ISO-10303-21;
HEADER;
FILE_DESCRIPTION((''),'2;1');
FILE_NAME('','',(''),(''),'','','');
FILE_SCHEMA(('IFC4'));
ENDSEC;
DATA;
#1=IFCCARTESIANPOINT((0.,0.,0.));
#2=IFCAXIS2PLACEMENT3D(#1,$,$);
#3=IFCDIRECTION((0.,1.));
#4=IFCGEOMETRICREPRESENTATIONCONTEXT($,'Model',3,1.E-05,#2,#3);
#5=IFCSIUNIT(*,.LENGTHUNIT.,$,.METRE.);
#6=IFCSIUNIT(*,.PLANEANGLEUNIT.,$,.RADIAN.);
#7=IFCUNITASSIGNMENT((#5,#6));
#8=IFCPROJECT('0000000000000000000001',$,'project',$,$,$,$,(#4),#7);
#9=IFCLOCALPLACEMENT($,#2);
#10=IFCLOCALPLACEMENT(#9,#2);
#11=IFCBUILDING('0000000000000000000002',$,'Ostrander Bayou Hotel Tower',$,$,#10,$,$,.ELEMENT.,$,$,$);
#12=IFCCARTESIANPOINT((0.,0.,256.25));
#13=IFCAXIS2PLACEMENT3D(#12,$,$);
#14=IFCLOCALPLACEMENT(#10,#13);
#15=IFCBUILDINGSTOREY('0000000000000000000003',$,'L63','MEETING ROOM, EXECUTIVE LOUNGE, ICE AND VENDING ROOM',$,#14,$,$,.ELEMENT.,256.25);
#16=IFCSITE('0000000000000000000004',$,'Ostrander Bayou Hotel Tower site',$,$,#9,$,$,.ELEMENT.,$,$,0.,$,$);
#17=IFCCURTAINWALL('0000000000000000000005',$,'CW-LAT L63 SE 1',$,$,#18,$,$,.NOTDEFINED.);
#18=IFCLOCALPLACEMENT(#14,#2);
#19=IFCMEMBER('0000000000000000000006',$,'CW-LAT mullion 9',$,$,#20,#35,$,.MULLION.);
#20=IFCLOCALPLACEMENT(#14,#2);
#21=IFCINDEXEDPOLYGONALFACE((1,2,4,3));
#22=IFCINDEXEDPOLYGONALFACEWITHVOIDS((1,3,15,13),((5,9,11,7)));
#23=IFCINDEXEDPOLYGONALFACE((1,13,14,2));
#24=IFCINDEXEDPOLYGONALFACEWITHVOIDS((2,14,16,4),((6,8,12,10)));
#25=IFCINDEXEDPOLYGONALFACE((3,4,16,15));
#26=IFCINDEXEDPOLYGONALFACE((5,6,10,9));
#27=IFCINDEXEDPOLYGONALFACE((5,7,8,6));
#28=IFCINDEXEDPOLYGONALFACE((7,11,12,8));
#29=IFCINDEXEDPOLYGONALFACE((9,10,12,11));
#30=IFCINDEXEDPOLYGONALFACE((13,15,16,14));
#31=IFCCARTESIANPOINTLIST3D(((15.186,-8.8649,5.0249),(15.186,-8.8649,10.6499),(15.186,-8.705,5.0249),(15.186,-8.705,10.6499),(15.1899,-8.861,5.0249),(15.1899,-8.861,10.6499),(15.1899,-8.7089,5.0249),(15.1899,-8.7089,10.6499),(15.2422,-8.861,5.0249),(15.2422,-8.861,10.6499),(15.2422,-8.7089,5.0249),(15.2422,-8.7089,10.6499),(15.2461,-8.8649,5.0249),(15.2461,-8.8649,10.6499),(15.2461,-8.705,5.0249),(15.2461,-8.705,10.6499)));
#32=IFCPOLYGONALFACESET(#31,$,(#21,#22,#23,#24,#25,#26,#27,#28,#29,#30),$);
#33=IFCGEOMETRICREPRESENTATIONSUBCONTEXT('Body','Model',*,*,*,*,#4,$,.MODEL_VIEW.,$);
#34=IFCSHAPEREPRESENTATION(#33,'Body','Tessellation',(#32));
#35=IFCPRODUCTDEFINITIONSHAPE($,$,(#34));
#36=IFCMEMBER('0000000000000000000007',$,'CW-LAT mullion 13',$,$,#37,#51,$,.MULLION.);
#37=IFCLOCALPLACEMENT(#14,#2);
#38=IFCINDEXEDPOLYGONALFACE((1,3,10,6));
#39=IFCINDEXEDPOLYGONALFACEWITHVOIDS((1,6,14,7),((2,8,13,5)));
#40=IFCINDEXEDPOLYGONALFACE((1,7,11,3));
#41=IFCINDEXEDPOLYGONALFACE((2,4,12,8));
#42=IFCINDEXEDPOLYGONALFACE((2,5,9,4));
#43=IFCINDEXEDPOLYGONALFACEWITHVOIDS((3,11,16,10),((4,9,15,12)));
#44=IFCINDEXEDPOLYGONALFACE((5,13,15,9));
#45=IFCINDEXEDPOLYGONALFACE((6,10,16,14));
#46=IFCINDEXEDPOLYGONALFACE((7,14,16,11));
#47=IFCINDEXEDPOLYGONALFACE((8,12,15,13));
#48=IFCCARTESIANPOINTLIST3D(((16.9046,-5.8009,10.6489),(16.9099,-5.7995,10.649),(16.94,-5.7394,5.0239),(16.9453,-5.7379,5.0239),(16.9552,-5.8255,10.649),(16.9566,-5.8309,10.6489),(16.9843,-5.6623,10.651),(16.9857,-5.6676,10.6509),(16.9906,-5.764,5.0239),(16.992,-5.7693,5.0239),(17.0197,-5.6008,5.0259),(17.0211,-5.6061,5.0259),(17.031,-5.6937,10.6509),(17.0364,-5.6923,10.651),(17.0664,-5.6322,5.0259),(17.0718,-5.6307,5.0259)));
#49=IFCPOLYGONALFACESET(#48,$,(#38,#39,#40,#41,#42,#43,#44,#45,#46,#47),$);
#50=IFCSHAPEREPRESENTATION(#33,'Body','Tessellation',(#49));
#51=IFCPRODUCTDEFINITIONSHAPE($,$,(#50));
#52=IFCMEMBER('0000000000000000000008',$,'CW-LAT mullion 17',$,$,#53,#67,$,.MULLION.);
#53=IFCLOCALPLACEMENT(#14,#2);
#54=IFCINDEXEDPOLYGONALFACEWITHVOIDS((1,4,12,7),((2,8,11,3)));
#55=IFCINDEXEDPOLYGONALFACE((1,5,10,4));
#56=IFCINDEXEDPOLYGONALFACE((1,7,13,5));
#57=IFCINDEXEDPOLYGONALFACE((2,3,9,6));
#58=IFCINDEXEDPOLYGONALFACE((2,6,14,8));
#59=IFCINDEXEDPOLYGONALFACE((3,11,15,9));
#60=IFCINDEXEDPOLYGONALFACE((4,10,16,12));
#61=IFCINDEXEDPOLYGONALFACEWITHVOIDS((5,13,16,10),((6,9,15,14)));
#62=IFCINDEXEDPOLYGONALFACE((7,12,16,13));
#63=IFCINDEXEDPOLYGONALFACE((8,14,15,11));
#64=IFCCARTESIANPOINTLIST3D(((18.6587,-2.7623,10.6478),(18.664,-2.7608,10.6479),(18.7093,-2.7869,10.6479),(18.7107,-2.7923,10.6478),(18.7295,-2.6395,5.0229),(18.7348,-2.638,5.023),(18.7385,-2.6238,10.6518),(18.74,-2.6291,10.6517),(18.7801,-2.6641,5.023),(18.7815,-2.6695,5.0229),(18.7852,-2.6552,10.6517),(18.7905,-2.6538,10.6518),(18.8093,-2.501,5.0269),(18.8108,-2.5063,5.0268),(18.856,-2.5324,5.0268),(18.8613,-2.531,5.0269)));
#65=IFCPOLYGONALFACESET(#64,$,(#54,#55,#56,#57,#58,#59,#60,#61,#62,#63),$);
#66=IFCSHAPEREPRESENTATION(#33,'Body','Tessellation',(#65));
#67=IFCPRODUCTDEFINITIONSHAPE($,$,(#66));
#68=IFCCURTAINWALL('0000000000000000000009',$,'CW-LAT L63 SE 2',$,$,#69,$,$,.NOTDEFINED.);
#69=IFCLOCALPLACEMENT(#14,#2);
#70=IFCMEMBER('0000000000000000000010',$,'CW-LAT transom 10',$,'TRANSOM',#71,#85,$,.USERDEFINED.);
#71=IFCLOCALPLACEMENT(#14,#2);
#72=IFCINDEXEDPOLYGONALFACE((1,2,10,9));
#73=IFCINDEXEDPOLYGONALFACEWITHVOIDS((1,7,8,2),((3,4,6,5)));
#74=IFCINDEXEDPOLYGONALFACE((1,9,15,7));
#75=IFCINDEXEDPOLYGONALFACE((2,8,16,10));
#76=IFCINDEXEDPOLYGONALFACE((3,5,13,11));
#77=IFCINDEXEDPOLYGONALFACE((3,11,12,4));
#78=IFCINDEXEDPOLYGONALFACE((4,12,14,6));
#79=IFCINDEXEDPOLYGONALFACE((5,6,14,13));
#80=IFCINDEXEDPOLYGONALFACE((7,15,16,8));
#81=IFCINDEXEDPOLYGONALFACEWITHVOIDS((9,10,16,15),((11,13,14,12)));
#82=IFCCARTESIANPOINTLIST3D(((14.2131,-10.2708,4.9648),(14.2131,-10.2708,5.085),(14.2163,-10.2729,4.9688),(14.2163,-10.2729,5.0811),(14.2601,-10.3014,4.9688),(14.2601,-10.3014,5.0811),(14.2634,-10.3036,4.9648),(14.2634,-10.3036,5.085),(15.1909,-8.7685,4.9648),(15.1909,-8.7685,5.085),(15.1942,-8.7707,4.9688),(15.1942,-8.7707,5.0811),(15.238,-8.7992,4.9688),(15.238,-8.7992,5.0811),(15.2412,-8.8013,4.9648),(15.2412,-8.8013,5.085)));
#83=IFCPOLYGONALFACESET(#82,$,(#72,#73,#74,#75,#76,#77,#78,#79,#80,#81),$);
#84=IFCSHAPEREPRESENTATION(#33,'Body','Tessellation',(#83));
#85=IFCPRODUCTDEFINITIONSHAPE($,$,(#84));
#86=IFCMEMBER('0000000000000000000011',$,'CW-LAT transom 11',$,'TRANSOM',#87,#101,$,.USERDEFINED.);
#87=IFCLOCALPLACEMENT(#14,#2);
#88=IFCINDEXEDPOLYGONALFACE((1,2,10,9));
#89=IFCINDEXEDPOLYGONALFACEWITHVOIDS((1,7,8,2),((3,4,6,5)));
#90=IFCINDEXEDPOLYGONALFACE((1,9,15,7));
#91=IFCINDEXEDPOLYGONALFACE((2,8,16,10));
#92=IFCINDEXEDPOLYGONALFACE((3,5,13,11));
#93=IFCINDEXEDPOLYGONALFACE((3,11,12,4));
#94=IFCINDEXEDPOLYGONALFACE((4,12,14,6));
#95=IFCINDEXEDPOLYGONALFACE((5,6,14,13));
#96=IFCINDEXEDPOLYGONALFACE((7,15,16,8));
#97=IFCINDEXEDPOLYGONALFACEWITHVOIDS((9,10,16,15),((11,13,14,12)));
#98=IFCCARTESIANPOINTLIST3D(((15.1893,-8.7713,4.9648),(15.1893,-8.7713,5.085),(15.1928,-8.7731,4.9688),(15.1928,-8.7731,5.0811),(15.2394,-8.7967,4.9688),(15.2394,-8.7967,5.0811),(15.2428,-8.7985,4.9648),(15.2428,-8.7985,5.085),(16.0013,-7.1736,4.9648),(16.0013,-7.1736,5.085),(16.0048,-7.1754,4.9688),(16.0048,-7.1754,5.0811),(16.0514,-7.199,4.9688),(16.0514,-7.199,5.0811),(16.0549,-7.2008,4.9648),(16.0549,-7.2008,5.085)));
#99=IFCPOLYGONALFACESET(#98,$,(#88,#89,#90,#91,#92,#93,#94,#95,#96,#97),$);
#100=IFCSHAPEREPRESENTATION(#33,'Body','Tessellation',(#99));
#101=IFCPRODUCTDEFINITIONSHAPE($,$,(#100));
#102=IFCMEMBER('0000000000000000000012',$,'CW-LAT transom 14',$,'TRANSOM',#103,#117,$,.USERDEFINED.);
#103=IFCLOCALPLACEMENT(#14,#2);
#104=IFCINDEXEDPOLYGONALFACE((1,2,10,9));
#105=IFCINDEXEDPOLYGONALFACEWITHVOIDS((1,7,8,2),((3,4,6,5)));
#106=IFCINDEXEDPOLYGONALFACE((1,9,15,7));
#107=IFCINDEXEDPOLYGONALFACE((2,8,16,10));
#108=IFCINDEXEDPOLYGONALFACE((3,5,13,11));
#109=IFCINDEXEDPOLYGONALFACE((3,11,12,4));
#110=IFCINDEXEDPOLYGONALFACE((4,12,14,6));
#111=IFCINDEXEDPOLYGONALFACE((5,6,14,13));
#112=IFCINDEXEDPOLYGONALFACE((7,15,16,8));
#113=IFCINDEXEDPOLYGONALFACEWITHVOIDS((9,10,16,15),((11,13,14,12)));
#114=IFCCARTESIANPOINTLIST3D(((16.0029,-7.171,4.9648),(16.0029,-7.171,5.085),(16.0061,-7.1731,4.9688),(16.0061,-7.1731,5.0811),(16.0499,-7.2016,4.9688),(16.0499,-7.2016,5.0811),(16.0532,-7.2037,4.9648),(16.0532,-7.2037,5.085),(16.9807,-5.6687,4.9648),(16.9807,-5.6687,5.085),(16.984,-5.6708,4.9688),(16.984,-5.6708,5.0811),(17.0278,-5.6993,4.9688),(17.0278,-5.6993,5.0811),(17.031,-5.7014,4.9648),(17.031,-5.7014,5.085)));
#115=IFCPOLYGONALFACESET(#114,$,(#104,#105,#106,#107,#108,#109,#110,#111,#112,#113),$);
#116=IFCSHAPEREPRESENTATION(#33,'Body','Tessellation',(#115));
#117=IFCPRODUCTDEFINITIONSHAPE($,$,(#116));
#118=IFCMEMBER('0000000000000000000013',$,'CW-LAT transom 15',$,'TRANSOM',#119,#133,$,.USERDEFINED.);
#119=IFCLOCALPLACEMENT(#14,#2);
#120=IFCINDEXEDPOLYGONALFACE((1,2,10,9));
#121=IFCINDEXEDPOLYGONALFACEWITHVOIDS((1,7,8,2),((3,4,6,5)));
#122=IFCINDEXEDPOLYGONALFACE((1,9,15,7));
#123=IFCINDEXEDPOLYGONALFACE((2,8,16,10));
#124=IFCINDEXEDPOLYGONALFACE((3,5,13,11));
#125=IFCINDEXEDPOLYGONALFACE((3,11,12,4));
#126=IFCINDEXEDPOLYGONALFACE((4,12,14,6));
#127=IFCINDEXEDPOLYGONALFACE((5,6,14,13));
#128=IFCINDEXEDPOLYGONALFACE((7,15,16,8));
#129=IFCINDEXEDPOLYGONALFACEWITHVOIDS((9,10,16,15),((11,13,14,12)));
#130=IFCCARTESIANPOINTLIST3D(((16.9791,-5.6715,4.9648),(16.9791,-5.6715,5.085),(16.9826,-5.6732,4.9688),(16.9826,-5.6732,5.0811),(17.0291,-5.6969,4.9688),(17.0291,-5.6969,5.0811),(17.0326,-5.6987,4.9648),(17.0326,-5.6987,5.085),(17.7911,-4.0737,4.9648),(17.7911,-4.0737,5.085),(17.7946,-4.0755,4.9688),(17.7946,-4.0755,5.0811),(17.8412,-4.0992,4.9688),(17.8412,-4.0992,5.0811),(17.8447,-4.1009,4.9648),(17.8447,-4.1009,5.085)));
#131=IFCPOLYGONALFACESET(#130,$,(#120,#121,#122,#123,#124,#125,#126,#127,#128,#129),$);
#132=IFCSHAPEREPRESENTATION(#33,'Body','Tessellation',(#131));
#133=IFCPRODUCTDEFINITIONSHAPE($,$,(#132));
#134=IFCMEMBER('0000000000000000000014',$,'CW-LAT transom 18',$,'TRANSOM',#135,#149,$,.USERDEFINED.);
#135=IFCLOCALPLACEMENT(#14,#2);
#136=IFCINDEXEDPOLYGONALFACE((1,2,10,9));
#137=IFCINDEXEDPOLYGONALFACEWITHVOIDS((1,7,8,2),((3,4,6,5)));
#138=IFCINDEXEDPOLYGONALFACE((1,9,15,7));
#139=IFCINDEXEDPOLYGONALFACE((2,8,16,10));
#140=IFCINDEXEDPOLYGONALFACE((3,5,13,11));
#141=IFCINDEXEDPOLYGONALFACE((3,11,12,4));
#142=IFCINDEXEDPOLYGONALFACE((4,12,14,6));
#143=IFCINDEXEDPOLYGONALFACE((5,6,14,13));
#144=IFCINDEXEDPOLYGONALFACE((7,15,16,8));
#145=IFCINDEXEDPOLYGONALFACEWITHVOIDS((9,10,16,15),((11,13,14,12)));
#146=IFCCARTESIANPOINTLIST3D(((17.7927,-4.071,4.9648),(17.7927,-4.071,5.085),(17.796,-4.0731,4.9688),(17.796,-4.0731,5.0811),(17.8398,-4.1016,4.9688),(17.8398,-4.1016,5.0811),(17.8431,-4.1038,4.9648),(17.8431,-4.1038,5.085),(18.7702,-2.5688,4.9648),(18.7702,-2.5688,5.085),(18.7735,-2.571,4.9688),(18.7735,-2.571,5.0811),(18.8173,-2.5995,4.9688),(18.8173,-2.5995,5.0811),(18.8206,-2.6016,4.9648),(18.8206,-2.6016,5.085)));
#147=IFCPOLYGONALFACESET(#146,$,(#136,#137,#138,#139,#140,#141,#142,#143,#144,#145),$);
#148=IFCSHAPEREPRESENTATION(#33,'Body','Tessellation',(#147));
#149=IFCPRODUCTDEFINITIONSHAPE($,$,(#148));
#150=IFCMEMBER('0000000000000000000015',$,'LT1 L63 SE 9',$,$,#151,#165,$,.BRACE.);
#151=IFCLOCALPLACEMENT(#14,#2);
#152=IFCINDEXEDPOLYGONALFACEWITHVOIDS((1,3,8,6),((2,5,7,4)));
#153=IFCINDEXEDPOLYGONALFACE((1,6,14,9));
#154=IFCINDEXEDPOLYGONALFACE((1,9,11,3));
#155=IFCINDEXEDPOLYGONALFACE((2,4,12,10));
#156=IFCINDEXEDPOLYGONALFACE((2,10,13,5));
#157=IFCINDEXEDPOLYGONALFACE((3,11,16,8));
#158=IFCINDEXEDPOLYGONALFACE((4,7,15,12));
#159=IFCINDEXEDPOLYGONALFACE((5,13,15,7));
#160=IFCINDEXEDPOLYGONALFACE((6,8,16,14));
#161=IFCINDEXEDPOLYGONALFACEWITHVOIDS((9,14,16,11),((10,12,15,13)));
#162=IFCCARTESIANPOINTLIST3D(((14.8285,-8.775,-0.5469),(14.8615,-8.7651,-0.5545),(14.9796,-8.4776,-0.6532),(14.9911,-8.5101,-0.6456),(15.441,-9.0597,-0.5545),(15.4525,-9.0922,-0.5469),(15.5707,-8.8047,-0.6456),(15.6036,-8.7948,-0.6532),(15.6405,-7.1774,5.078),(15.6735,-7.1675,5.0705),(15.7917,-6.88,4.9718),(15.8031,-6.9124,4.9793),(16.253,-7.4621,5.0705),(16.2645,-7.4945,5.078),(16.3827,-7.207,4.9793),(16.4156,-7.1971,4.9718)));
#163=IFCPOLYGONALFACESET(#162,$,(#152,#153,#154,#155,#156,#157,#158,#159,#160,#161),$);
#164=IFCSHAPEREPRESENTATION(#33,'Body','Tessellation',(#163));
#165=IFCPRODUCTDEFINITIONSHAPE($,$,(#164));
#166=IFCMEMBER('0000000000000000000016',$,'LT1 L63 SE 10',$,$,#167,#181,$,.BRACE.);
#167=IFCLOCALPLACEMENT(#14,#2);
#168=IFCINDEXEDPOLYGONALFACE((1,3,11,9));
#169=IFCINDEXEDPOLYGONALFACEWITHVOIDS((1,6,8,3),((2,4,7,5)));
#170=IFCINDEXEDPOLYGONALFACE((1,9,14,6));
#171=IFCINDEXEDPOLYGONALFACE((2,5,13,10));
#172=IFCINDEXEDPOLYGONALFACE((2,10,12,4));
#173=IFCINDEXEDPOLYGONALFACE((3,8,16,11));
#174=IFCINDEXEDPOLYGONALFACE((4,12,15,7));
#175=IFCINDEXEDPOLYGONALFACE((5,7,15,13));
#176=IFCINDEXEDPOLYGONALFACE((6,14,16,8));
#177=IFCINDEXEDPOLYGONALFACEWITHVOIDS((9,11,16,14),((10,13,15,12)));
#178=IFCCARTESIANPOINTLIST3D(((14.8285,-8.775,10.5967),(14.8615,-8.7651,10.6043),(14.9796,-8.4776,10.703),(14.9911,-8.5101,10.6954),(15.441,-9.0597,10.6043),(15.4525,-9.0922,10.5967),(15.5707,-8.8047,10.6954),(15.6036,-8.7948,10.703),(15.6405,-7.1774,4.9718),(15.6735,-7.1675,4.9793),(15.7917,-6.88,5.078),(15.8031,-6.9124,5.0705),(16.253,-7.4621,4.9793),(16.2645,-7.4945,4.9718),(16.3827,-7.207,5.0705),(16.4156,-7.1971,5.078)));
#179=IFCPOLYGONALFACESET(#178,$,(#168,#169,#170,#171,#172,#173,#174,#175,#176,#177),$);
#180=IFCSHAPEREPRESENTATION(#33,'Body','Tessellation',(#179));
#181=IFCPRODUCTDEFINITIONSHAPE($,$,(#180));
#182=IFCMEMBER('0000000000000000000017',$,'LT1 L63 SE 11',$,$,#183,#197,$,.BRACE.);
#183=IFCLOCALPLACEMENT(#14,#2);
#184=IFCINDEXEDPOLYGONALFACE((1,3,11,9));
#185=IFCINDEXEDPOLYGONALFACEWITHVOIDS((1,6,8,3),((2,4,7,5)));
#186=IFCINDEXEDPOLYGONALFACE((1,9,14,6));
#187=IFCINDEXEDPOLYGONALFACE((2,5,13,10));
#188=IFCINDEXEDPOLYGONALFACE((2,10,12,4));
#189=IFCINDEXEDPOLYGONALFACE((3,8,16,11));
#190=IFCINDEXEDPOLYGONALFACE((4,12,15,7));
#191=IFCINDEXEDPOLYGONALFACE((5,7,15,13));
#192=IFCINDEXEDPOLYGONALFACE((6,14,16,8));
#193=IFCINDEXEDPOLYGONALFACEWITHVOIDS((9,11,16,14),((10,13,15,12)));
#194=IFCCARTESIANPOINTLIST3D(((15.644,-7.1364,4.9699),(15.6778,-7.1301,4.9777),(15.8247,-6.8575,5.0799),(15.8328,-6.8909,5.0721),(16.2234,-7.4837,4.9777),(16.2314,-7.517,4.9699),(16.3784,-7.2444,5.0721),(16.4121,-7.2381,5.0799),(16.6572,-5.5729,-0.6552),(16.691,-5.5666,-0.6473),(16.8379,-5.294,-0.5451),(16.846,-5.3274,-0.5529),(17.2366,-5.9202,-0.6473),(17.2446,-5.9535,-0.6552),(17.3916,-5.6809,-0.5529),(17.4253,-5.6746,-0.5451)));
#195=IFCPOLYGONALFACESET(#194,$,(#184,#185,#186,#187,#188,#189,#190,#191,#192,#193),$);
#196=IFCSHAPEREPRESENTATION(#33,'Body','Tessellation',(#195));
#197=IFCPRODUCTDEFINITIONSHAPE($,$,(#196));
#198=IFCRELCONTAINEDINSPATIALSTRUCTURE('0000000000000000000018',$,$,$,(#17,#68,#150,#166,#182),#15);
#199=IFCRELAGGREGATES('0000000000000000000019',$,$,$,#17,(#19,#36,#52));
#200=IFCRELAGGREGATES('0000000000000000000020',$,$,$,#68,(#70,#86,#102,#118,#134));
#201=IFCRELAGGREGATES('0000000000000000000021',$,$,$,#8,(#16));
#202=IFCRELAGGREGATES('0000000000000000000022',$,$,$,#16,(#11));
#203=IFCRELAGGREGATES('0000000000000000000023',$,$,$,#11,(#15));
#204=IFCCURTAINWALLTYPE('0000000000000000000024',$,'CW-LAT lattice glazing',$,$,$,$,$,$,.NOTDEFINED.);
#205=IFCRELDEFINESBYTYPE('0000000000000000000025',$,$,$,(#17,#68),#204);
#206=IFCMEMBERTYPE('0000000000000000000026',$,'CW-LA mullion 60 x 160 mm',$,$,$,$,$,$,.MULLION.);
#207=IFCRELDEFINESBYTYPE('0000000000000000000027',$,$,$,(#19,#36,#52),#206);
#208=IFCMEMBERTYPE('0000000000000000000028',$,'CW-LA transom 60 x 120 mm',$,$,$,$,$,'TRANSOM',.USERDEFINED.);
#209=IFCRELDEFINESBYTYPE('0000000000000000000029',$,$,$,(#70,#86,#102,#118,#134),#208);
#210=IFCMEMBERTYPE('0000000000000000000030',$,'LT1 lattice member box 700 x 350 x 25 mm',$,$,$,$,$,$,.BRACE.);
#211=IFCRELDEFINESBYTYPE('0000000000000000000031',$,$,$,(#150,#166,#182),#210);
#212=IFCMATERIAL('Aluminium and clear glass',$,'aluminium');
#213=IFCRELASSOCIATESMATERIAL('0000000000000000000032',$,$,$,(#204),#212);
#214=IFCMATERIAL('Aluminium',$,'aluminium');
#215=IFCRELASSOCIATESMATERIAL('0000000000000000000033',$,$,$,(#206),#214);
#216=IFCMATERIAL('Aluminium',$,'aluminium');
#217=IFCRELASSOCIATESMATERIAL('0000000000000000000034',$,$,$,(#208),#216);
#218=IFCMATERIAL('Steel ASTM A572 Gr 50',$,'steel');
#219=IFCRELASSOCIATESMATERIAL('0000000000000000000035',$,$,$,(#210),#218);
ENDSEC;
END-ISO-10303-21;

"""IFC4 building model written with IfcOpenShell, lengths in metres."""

from ifc_helpers import new_model, si_unit, direction, frame, origin, origin_2d, place, context, subcontext, project, spatial, hollow_rectangle, extrude, material, material_profile, profile_set, type_object, element, aggregate, save


model = new_model("IFC4")

# Units and contexts
model_context = context("Model", 3, precision=1e-05, world=origin(), true_north=direction((0.0, 1.0)))
body_context = subcontext(model_context, "Body", "Model", "MODEL_VIEW")
ifc_project = project(units=[si_unit("LENGTHUNIT", "METRE"), si_unit("PLANEANGLEUNIT", "RADIAN")], contexts=[model_context])

# Site, building, storey
site_placement = place(None, origin())
site = spatial("IfcSite", under=ifc_project, at=site_placement, Name="Ostrander Bayou Hotel Tower site", CompositionType="ELEMENT", RefElevation=0.0)
building_placement = place(site_placement, origin())
building = spatial("IfcBuilding", under=site, at=building_placement, Name="Ostrander Bayou Hotel Tower", CompositionType="ELEMENT")
storey_placement = place(building_placement, frame((0.0, 0.0, 256.25)))
storey = spatial("IfcBuildingStorey", under=building, at=storey_placement, Name="L63", Description="MEETING ROOM, EXECUTIVE LOUNGE, ICE AND VENDING ROOM", CompositionType="ELEMENT", Elevation=256.25)

# Curtain walls, members
ifc_material_1 = material(Name="Aluminium and clear glass", Category="aluminium")
curtain_wall_type = type_object("IfcCurtainWallType", Name="CW-LAT lattice glazing", PredefinedType="NOTDEFINED", material=ifc_material_1)
curtain_wall_1_placement = place(storey_placement, origin())
curtain_wall_1 = element("IfcCurtainWall", 1, at=curtain_wall_1_placement, inside=storey, type_object=curtain_wall_type, Name="CW-LAT L63 SE 1", PredefinedType="NOTDEFINED")
ifc_material_2 = material(Name="Aluminium", Category="aluminium")
ifc_material_profile_1 = material_profile(ifc_material_2, hollow_rectangle(XDim=0.0601, YDim=0.1599, WallThickness=0.0039, at=origin_2d()))
ifc_profile_set_1 = profile_set([ifc_material_profile_1], Name="Aluminium")
member_type_1 = type_object("IfcMemberType", Name="CW-LA mullion 60 x 160 mm", PredefinedType="MULLION", material=ifc_profile_set_1)
member_1_placement = place(storey_placement, frame((15.2161, -8.7849, 5.0249), z_axis=(0.0, 0.0, 1.0), x_axis=(1.0, 0.0, 0.0)))
member_1 = element("IfcMember", 2, at=member_1_placement, type_object=member_type_1, Name="CW-LAT mullion 9", PredefinedType="MULLION", context=body_context, shape_type="SweptSolid", body=[
    extrude(hollow_rectangle(XDim=0.0601, YDim=0.1599, WallThickness=0.0039, at=origin_2d()), origin(), (0.0, 0.0, 1.0), 5.625),
])
member_2_placement = place(storey_placement, frame((17.0059, -5.6851, 5.0249), z_axis=(-0.006293, -0.010937, 0.99992), x_axis=(0.866758, -0.49873, 0.0)))
member_2 = element("IfcMember", 3, at=member_2_placement, type_object=member_type_1, Name="CW-LAT mullion 13", PredefinedType="MULLION", context=body_context, shape_type="SweptSolid", body=[
    extrude(hollow_rectangle(XDim=0.0601, YDim=0.1599, WallThickness=0.0039, at=origin_2d()), origin(), (0.0, 0.0, 1.0), 5.6255),
])
member_3_placement = place(storey_placement, frame((18.7954, -2.5852, 5.0249), z_axis=(-0.012583, -0.021825, 0.999683), x_axis=(0.866329, -0.499474, 0.0)))
member_3 = element("IfcMember", 4, at=member_3_placement, type_object=member_type_1, Name="CW-LAT mullion 17", PredefinedType="MULLION", context=body_context, shape_type="SweptSolid", body=[
    extrude(hollow_rectangle(XDim=0.0601, YDim=0.1599, WallThickness=0.0039, at=origin_2d()), origin(), (0.0, 0.0, 1.0), 5.6267),
])
curtain_wall_2_placement = place(storey_placement, origin())
curtain_wall_2 = element("IfcCurtainWall", 5, at=curtain_wall_2_placement, inside=storey, type_object=curtain_wall_type, Name="CW-LAT L63 SE 2", PredefinedType="NOTDEFINED")
ifc_material_3 = material(Name="Aluminium", Category="aluminium")
ifc_material_profile_2 = material_profile(ifc_material_3, hollow_rectangle(XDim=0.0601, YDim=0.1201, WallThickness=0.0039, at=origin_2d()))
ifc_profile_set_2 = profile_set([ifc_material_profile_2], Name="Aluminium")
member_type_2 = type_object("IfcMemberType", Name="CW-LA transom 60 x 120 mm", ElementType="TRANSOM", PredefinedType="USERDEFINED", material=ifc_profile_set_2)
member_4_placement = place(storey_placement, frame((15.2161, -8.7849, 5.0249), z_axis=(-0.54552, -0.838098, 0.0), x_axis=(0.838098, -0.54552, 0.0)))
member_4 = element("IfcMember", 6, at=member_4_placement, type_object=member_type_2, Name="CW-LAT transom 10", ObjectType="TRANSOM", PredefinedType="USERDEFINED", context=body_context, shape_type="SweptSolid", body=[
    extrude(hollow_rectangle(XDim=0.0601, YDim=0.1201, WallThickness=0.0039, at=origin_2d()), origin(), (0.0, 0.0, 1.0), 1.7925),
])
member_5_placement = place(storey_placement, frame((15.2161, -8.7849, 5.0249), z_axis=(0.453089, 0.891465, 0.0), x_axis=(-0.891465, 0.453089, 0.0)))
member_5 = element("IfcMember", 7, at=member_5_placement, type_object=member_type_2, Name="CW-LAT transom 11", ObjectType="TRANSOM", PredefinedType="USERDEFINED", context=body_context, shape_type="SweptSolid", body=[
    extrude(hollow_rectangle(XDim=0.0601, YDim=0.1201, WallThickness=0.0039, at=origin_2d()), origin(), (0.0, 0.0, 1.0), 1.7922),
])
member_6_placement = place(storey_placement, frame((17.0059, -5.6851, 5.0249), z_axis=(-0.54552, -0.838098, 0.0), x_axis=(0.838098, -0.54552, 0.0)))
member_6 = element("IfcMember", 8, at=member_6_placement, type_object=member_type_2, Name="CW-LAT transom 14", ObjectType="TRANSOM", PredefinedType="USERDEFINED", context=body_context, shape_type="SweptSolid", body=[
    extrude(hollow_rectangle(XDim=0.0601, YDim=0.1201, WallThickness=0.0039, at=origin_2d()), origin(), (0.0, 0.0, 1.0), 1.7925),
])
member_7_placement = place(storey_placement, frame((17.0059, -5.6851, 5.0249), z_axis=(0.453089, 0.891465, 0.0), x_axis=(-0.891465, 0.453089, 0.0)))
member_7 = element("IfcMember", 9, at=member_7_placement, type_object=member_type_2, Name="CW-LAT transom 15", ObjectType="TRANSOM", PredefinedType="USERDEFINED", context=body_context, shape_type="SweptSolid", body=[
    extrude(hollow_rectangle(XDim=0.0601, YDim=0.1201, WallThickness=0.0039, at=origin_2d()), origin(), (0.0, 0.0, 1.0), 1.7922),
])
member_8_placement = place(storey_placement, frame((18.7954, -2.5852, 5.0249), z_axis=(-0.545424, -0.83816, 0.0), x_axis=(0.83816, -0.545424, 0.0)))
member_8 = element("IfcMember", 10, at=member_8_placement, type_object=member_type_2, Name="CW-LAT transom 18", ObjectType="TRANSOM", PredefinedType="USERDEFINED", context=body_context, shape_type="SweptSolid", body=[
    extrude(hollow_rectangle(XDim=0.0601, YDim=0.1201, WallThickness=0.0039, at=origin_2d()), origin(), (0.0, 0.0, 1.0), 1.7922),
])

# Members
ifc_material_4 = material(Name="Steel ASTM A572 Gr 50", Category="steel")
ifc_material_profile_3 = material_profile(ifc_material_4, hollow_rectangle(XDim=0.7, YDim=0.3501, WallThickness=0.0249, at=origin_2d()))
ifc_profile_set_3 = profile_set([ifc_material_profile_3], Name="Steel ASTM A572 Gr 50")
member_type_3 = type_object("IfcMemberType", Name="LT1 lattice member box 700 x 350 x 25 mm", PredefinedType="BRACE", material=ifc_profile_set_3)
for number, where, z_axis, x_axis, name in (
    (11, (16.0281, -7.1873, 5.0249), (-0.137545, -0.270624, -0.952808), (0.891465, -0.453089, 0.0), "LT1 L63 SE 9"),
    (12, (16.0281, -7.1873, 5.0249), (-0.137545, -0.270624, 0.952808), (0.891465, -0.453089, 0.0), "LT1 L63 SE 10"),
):
    element("IfcMember", number, at=place(storey_placement, frame(where, z_axis=z_axis, x_axis=x_axis)), inside=storey, type_object=member_type_3, Name=name, PredefinedType="BRACE", context=body_context, shape_type="SweptSolid", body=[
        extrude(hollow_rectangle(XDim=0.7, YDim=0.3501, WallThickness=0.0249, at=origin_2d()), origin(), (0.0, 0.0, 1.0), 5.9036),
    ])
member_9_placement = place(storey_placement, frame((16.0281, -7.1873, 5.0249), z_axis=(0.170987, 0.263855, -0.949286), x_axis=(-0.839197, 0.543827, 0.0)))
element("IfcMember", 13, at=member_9_placement, inside=storey, type_object=member_type_3, Name="LT1 L63 SE 11", PredefinedType="BRACE", context=body_context, shape_type="SweptSolid", body=[
    extrude(hollow_rectangle(XDim=0.7, YDim=0.3501, WallThickness=0.0249, at=origin_2d()), origin(), (0.0, 0.0, 1.0), 5.9255),
])

aggregate(curtain_wall_1, [member_1, member_2, member_3])
aggregate(curtain_wall_2, [member_4, member_5, member_6, member_7, member_8])

save(model, "model.ifc")
